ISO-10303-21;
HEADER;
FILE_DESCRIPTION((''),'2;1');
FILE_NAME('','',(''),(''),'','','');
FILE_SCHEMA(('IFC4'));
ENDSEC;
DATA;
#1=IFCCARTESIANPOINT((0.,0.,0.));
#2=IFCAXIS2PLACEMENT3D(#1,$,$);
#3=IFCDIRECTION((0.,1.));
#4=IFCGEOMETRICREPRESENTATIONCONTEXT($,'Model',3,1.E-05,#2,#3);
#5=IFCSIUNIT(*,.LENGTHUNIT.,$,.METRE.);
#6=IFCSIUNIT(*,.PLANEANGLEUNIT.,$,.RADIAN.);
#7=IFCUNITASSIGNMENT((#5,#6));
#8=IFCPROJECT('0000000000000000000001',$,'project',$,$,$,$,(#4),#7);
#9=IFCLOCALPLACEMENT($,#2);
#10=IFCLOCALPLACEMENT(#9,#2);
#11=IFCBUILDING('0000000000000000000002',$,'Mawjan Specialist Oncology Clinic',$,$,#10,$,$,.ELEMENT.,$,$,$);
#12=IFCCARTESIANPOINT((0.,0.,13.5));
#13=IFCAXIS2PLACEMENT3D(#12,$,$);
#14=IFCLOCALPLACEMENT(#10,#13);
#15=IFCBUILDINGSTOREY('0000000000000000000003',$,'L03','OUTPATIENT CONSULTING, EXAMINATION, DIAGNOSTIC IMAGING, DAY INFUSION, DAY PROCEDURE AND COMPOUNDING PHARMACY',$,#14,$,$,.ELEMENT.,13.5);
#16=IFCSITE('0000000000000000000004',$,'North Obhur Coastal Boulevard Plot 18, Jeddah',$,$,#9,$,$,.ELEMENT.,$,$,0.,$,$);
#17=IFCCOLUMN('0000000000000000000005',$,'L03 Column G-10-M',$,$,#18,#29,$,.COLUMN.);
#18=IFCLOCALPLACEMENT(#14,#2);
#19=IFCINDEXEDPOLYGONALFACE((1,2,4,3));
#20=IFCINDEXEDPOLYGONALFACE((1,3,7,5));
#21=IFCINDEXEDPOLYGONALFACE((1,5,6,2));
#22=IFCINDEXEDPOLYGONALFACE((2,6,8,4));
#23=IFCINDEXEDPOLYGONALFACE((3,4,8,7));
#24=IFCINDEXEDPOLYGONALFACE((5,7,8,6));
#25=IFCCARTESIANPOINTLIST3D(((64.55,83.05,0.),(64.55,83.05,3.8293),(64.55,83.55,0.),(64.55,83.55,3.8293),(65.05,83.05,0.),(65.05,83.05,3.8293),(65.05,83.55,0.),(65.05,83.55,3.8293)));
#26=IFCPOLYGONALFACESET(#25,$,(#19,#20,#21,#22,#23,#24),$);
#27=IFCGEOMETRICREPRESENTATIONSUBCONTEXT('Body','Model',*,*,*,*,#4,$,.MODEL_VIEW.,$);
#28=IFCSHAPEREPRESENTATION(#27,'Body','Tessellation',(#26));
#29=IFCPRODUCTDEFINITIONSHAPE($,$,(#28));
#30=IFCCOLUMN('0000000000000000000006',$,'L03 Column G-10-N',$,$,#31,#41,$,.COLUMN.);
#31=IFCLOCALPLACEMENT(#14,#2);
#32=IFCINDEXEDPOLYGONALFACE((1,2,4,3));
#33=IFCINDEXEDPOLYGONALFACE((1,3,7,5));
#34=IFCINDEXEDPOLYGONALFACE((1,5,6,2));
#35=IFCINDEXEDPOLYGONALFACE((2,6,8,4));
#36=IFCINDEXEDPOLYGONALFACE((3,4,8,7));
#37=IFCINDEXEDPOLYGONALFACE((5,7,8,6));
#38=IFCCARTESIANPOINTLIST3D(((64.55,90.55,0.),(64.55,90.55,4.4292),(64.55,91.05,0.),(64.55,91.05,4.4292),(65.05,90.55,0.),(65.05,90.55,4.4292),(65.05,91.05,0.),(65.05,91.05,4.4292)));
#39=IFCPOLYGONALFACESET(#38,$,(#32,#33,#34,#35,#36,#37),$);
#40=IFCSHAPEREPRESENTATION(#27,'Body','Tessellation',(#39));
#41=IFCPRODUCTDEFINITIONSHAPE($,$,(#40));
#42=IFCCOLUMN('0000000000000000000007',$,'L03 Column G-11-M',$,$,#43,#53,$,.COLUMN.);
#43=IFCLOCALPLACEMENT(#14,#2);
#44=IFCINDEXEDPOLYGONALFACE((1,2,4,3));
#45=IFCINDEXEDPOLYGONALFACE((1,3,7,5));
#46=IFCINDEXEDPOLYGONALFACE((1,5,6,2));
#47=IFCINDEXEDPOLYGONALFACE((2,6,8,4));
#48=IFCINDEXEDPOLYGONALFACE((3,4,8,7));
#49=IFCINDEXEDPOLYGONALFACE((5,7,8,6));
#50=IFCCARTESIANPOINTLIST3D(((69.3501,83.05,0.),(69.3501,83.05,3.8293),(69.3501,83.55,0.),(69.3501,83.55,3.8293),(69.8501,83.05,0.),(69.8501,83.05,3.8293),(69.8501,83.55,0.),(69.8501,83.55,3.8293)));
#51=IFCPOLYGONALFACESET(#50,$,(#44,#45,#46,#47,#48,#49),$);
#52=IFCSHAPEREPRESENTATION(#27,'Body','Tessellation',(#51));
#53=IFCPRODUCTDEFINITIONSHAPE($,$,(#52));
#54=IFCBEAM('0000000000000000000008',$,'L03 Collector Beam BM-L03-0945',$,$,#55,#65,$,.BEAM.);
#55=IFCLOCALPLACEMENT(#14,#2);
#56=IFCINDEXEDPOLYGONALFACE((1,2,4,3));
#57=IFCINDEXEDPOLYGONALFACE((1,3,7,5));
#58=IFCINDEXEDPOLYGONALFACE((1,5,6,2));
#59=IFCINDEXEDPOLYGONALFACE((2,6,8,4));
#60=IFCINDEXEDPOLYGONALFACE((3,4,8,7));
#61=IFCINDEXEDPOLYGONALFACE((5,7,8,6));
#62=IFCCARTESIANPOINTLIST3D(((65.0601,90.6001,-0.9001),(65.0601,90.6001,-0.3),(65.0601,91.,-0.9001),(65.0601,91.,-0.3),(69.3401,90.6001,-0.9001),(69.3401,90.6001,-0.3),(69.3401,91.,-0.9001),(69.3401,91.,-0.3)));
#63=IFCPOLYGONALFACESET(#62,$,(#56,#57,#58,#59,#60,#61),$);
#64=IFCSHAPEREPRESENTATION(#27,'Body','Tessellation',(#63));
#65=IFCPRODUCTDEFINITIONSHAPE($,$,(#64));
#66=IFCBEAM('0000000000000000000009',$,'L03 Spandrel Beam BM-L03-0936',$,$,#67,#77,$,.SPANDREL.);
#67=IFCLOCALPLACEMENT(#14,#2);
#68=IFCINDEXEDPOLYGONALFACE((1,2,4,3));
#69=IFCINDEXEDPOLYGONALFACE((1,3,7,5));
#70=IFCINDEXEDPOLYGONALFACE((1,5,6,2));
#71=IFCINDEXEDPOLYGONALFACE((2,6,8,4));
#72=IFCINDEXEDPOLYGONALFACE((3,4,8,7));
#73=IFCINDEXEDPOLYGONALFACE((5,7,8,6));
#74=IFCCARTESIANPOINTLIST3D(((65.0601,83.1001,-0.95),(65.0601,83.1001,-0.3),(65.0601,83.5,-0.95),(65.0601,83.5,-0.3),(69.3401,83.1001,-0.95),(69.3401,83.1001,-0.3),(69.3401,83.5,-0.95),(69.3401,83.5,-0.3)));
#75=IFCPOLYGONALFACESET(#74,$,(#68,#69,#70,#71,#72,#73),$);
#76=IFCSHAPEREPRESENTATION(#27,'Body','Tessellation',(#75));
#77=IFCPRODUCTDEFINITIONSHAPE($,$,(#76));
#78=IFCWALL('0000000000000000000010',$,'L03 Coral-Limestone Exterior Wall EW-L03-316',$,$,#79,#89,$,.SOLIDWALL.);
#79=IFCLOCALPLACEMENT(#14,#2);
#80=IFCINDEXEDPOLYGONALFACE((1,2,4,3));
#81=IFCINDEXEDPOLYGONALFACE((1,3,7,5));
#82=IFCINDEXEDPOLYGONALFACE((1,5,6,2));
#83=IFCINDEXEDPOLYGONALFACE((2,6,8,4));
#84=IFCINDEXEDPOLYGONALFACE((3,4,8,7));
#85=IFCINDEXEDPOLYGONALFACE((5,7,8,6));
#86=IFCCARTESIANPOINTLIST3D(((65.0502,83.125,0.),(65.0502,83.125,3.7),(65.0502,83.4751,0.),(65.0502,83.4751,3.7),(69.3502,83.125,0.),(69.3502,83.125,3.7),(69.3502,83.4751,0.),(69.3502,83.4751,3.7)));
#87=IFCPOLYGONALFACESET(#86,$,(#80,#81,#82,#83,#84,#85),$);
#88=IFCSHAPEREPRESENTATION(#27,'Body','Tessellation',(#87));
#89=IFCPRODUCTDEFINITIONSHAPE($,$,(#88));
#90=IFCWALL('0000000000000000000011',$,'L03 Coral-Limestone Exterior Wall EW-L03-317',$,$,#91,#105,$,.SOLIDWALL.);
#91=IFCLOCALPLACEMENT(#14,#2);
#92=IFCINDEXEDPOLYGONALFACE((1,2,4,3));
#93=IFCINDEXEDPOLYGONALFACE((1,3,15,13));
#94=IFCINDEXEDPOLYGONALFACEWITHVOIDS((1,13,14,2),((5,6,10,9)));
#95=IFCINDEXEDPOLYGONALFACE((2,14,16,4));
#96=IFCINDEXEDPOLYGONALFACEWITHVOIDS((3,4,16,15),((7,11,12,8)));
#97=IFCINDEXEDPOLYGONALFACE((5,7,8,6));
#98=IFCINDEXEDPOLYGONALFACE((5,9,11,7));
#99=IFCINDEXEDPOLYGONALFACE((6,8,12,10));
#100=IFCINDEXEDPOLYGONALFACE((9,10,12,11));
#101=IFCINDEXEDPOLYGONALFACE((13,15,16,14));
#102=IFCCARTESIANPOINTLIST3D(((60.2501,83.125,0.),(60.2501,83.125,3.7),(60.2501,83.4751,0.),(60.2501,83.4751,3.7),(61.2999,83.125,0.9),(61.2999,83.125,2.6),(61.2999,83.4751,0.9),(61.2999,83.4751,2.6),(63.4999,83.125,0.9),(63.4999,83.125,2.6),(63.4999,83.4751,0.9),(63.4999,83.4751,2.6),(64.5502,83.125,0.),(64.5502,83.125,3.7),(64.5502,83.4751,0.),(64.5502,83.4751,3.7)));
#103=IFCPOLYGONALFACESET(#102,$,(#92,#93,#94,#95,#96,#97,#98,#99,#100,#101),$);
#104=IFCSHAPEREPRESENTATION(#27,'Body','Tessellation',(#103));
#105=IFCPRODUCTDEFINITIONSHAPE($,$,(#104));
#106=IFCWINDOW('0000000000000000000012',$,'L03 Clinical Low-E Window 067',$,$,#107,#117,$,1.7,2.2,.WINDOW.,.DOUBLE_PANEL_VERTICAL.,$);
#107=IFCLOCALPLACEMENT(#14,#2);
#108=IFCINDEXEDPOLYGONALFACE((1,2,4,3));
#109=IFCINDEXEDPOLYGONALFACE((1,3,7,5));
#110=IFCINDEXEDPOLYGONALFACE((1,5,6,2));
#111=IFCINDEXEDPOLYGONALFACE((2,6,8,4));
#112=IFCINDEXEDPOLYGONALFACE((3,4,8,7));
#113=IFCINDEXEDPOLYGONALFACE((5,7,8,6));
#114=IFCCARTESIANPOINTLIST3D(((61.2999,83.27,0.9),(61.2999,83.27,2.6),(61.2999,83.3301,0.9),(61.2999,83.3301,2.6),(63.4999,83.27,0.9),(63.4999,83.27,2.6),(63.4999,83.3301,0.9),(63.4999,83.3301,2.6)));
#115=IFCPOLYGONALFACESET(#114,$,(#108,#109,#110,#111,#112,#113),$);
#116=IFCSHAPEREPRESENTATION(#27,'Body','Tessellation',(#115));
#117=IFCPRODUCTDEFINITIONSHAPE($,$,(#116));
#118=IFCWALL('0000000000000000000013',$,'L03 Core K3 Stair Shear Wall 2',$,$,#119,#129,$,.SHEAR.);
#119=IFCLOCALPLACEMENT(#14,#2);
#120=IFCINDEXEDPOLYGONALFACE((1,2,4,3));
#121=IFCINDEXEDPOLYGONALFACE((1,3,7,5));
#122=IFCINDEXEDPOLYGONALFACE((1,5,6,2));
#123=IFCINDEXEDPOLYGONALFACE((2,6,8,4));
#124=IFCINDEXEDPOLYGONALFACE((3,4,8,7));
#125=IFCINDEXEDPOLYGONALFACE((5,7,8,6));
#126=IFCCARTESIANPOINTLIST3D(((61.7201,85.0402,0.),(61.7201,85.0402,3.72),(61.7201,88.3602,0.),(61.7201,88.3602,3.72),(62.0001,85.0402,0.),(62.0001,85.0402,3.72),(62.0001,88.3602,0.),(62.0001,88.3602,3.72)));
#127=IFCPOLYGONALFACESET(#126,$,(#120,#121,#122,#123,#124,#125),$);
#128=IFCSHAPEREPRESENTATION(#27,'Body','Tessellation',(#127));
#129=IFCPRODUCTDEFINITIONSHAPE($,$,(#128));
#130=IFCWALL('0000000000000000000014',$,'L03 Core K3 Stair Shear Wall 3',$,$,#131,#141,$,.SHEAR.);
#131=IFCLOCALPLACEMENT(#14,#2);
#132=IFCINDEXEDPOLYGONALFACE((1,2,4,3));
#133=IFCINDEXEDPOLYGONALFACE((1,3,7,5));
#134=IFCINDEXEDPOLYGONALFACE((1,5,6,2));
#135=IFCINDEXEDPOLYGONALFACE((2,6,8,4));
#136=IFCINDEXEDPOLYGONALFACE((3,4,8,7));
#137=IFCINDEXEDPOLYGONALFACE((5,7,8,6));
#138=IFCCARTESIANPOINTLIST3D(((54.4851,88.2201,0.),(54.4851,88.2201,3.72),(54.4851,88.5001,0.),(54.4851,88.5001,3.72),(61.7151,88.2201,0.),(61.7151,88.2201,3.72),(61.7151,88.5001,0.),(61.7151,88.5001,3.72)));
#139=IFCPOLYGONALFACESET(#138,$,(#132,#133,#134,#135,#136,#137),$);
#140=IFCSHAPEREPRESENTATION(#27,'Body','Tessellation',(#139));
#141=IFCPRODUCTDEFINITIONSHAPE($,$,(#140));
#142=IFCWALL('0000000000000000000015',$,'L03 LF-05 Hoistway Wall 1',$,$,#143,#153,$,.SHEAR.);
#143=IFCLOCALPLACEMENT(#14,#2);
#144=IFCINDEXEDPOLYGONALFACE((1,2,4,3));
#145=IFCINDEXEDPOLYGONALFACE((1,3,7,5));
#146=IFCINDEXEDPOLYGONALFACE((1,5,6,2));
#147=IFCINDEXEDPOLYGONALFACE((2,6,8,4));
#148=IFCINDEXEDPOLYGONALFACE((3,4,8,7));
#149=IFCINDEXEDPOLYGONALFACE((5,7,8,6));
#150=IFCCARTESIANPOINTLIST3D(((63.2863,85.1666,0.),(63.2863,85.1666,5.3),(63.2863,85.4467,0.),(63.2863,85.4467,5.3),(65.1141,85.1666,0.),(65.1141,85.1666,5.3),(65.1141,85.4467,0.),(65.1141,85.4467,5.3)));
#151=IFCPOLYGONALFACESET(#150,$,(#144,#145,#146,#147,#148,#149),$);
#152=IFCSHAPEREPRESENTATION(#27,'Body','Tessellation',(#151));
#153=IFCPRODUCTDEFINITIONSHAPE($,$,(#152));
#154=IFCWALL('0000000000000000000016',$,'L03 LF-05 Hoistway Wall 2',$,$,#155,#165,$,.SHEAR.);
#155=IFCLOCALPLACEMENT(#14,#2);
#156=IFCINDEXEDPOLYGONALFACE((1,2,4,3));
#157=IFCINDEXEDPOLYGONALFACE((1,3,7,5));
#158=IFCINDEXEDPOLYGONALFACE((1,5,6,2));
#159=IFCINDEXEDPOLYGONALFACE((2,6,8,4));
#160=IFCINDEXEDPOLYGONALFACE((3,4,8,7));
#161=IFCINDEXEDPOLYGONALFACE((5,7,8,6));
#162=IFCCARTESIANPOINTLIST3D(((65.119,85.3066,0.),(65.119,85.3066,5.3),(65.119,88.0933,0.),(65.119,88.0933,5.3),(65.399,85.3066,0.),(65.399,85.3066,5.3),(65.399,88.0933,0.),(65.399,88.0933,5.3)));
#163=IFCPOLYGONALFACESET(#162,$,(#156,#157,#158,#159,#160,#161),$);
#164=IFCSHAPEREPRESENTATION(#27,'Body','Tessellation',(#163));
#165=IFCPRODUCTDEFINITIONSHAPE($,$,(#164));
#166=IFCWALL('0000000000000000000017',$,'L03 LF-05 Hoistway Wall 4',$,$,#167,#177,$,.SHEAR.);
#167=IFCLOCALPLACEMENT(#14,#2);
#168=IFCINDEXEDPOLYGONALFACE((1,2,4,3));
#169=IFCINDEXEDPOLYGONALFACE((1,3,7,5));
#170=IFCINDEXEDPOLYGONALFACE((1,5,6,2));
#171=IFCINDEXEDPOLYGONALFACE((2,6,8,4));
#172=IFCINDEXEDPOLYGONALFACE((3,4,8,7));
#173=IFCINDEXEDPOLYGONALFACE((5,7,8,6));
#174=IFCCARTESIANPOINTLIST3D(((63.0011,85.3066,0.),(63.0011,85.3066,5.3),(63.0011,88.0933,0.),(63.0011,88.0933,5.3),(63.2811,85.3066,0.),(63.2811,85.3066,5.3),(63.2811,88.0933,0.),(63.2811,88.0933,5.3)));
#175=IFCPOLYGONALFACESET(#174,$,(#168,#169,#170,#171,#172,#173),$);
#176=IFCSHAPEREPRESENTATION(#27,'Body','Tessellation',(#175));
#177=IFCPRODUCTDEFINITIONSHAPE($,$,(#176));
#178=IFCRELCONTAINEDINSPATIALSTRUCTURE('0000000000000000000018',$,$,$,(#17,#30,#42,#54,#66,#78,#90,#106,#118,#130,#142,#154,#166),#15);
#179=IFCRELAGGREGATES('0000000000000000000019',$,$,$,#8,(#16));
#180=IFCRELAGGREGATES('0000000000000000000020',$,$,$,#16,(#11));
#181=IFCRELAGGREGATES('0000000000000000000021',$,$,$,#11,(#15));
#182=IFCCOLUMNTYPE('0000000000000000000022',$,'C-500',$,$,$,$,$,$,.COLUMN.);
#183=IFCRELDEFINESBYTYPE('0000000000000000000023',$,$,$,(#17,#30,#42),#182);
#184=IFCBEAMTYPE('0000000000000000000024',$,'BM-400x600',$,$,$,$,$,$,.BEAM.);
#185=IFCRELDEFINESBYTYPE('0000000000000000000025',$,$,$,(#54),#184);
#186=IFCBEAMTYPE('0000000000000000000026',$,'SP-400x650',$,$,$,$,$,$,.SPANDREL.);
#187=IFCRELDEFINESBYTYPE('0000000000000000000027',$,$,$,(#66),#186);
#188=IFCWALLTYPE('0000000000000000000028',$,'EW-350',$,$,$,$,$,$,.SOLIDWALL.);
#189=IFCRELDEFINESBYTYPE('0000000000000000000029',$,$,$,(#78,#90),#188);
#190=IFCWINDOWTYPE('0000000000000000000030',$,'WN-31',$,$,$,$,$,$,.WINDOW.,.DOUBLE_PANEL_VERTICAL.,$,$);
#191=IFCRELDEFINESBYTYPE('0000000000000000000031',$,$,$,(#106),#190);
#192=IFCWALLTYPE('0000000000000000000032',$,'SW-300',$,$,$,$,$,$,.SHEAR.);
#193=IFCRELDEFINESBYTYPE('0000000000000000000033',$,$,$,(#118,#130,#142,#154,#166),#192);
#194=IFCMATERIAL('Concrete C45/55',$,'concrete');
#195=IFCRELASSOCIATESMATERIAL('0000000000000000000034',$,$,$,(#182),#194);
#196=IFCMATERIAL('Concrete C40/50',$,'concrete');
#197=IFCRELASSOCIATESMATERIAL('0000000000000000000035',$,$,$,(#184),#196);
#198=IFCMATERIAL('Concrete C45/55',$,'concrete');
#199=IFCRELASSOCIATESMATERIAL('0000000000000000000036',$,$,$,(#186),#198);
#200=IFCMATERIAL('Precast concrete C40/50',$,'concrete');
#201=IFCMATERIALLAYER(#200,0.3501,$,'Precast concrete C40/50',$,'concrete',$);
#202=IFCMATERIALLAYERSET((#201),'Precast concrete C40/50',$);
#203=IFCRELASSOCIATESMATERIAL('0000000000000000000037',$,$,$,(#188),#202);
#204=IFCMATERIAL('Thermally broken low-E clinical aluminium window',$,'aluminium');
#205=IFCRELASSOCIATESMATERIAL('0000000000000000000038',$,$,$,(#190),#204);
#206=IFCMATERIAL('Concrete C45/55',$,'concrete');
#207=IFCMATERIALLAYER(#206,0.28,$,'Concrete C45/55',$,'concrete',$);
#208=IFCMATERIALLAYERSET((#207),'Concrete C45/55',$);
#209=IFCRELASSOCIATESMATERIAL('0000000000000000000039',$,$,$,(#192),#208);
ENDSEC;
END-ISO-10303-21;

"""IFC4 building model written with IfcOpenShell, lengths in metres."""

from ifc_helpers import new_model, si_unit, direction, frame, frame_2d, origin, origin_2d, place, context, subcontext, project, spatial, rectangle, extrude, material, layer, layer_set, material_profile, profile_set, type_object, element, fill, save


model = new_model("IFC4")

# Units and contexts
model_context = context("Model", 3, precision=1e-05, world=origin(), true_north=direction((0.0, 1.0)))
body_context = subcontext(model_context, "Body", "Model", "MODEL_VIEW")
ifc_project = project(units=[si_unit("LENGTHUNIT", "METRE"), si_unit("PLANEANGLEUNIT", "RADIAN")], contexts=[model_context])

# Site, building, storey
site_placement = place(None, origin())
site = spatial("IfcSite", under=ifc_project, at=site_placement, Name="North Obhur Coastal Boulevard Plot 18, Jeddah", CompositionType="ELEMENT", RefElevation=0.0)
building_placement = place(site_placement, origin())
building = spatial("IfcBuilding", under=site, at=building_placement, Name="Mawjan Specialist Oncology Clinic", CompositionType="ELEMENT")
storey_placement = place(building_placement, frame((0.0, 0.0, 13.5)))
storey = spatial("IfcBuildingStorey", under=building, at=storey_placement, Name="L03", Description="OUTPATIENT CONSULTING, EXAMINATION, DIAGNOSTIC IMAGING, DAY INFUSION, DAY PROCEDURE AND COMPOUNDING PHARMACY", CompositionType="ELEMENT", Elevation=13.5)

# Columns
ifc_material_1 = material(Name="Concrete C45/55", Category="concrete")
ifc_material_profile_1 = material_profile(ifc_material_1, rectangle(XDim=0.5, YDim=0.5, at=origin_2d()), Name="RC COL 500x500", Category="concrete")
ifc_profile_set_1 = profile_set([ifc_material_profile_1], Name="Concrete C45/55")
column_type = type_object("IfcColumnType", Name="C-500", PredefinedType="COLUMN", material=ifc_profile_set_1)
column_1_placement = place(storey_placement, frame((64.8, 83.3, 0.0), z_axis=(0.0, 0.0, 1.0), x_axis=(1.0, 0.0, 0.0)))
element("IfcColumn", 1, at=column_1_placement, inside=storey, type_object=column_type, Name="L03 Column G-10-M", PredefinedType="COLUMN", context=body_context, shape_type="SweptSolid", body=[
    extrude(rectangle(XDim=0.5, YDim=0.5, at=origin_2d()), origin(), (0.0, 0.0, 1.0), 3.8293),
])
column_2_placement = place(storey_placement, frame((64.8, 90.8, 0.0), z_axis=(0.0, 0.0, 1.0), x_axis=(1.0, 0.0, 0.0)))
element("IfcColumn", 2, at=column_2_placement, inside=storey, type_object=column_type, Name="L03 Column G-10-N", PredefinedType="COLUMN", context=body_context, shape_type="SweptSolid", body=[
    extrude(rectangle(XDim=0.5, YDim=0.5, at=origin_2d()), origin(), (0.0, 0.0, 1.0), 4.4292),
])
column_3_placement = place(storey_placement, frame((69.6001, 83.3, 0.0), z_axis=(0.0, 0.0, 1.0), x_axis=(1.0, 0.0, 0.0)))
element("IfcColumn", 3, at=column_3_placement, inside=storey, type_object=column_type, Name="L03 Column G-11-M", PredefinedType="COLUMN", context=body_context, shape_type="SweptSolid", body=[
    extrude(rectangle(XDim=0.5, YDim=0.5, at=origin_2d()), origin(), (0.0, 0.0, 1.0), 3.8293),
])

# Beams
ifc_material_2 = material(Name="Concrete C40/50", Category="concrete")
ifc_material_profile_2 = material_profile(ifc_material_2, rectangle(XDim=0.3999, YDim=0.6001, at=origin_2d()), Name="RC BM 400x600", Category="concrete")
ifc_profile_set_2 = profile_set([ifc_material_profile_2], Name="Concrete C40/50")
beam_type_1 = type_object("IfcBeamType", Name="BM-400x600", PredefinedType="BEAM", material=ifc_profile_set_2)
beam_1_placement = place(storey_placement, frame((65.0601, 90.8, -0.6001), z_axis=(1.0, 0.0, 0.0), x_axis=(0.0, 1.0, 0.0)))
element("IfcBeam", 4, at=beam_1_placement, inside=storey, type_object=beam_type_1, Name="L03 Collector Beam BM-L03-0945", PredefinedType="BEAM", context=body_context, shape_type="SweptSolid", body=[
    extrude(rectangle(XDim=0.3999, YDim=0.6001, at=origin_2d()), origin(), (0.0, 0.0, 1.0), 4.28),
])
ifc_material_3 = material(Name="Concrete C45/55", Category="concrete")
ifc_material_profile_3 = material_profile(ifc_material_3, rectangle(XDim=0.3999, YDim=0.6499, at=origin_2d()), Name="RC BM 400x650", Category="concrete")
ifc_profile_set_3 = profile_set([ifc_material_profile_3], Name="Concrete C45/55")
beam_type_2 = type_object("IfcBeamType", Name="SP-400x650", PredefinedType="SPANDREL", material=ifc_profile_set_3)
beam_2_placement = place(storey_placement, frame((65.0601, 83.3, -0.625), z_axis=(1.0, 0.0, 0.0), x_axis=(0.0, 1.0, 0.0)))
element("IfcBeam", 5, at=beam_2_placement, inside=storey, type_object=beam_type_2, Name="L03 Spandrel Beam BM-L03-0936", PredefinedType="SPANDREL", context=body_context, shape_type="SweptSolid", body=[
    extrude(rectangle(XDim=0.3999, YDim=0.6499, at=origin_2d()), origin(), (0.0, 0.0, 1.0), 4.28),
])

# Wall
ifc_material_4 = material(Name="Precast concrete C40/50", Category="concrete")
ifc_layer_1 = layer(ifc_material_4, 0.3501, Name="Precast concrete C40/50", Category="concrete")
ifc_layer_set_1 = layer_set([ifc_layer_1], Name="Precast concrete C40/50")
wall_type_1 = type_object("IfcWallType", Name="EW-350", PredefinedType="SOLIDWALL", material=ifc_layer_set_1)
wall_1_placement = place(storey_placement, frame((69.3501, 83.3, 0.0), z_axis=(0.0, 0.0, 1.0), x_axis=(-1.0, 0.0, 0.0)))
element("IfcWall", 6, at=wall_1_placement, inside=storey, type_object=wall_type_1, Name="L03 Coral-Limestone Exterior Wall EW-L03-316", PredefinedType="SOLIDWALL", context=body_context, shape_type="SweptSolid", body=[
    extrude(rectangle(XDim=4.3, YDim=0.3501, at=frame_2d((2.1499, 0.0))), origin(), (0.0, 0.0, 1.0), 3.7),
])

# Wall, opening, window
wall_2_placement = place(storey_placement, frame((64.55, 83.3, 0.0), z_axis=(0.0, 0.0, 1.0), x_axis=(-1.0, 0.0, 0.0)))
wall_2 = element("IfcWall", 7, at=wall_2_placement, inside=storey, type_object=wall_type_1, Name="L03 Coral-Limestone Exterior Wall EW-L03-317", PredefinedType="SOLIDWALL", context=body_context, shape_type="SweptSolid", body=[
    extrude(rectangle(XDim=4.3, YDim=0.3501, at=frame_2d((2.1499, 0.0))), origin(), (0.0, 0.0, 1.0), 3.7),
])
opening_1_placement = place(wall_2_placement, frame((1.05, 0.0, 0.8999)))
opening_1 = element("IfcOpeningElement", 8, at=opening_1_placement, cuts=wall_2, PredefinedType="OPENING", context=body_context, shape_type="SweptSolid", body=[
    extrude(rectangle(XDim=2.2, YDim=1.7, at=frame_2d((1.1001, 0.8501))), frame((0.0, 0.187, 0.0), z_axis=(0.0, -1.0, 0.0), x_axis=(1.0, 0.0, 0.0)), (0.0, 0.0, 1.0), 0.374),
])
ifc_material_5 = material(Name="Thermally broken low-E clinical aluminium window", Category="aluminium")
window_type = type_object("IfcWindowType", Name="WN-31", PartitioningType="DOUBLE_PANEL_VERTICAL", PredefinedType="WINDOW", material=ifc_material_5)
window_placement = place(opening_1_placement, origin())
window = element("IfcWindow", 9, at=window_placement, inside=storey, type_object=window_type, Name="L03 Clinical Low-E Window 067", OverallHeight=1.7, OverallWidth=2.2, PartitioningType="DOUBLE_PANEL_VERTICAL", PredefinedType="WINDOW", context=body_context, shape_type="SweptSolid", body=[
    extrude(rectangle(XDim=2.2, YDim=1.7, at=frame_2d((1.1001, 0.8501))), frame((0.0, 0.03, 0.0), z_axis=(0.0, -1.0, 0.0), x_axis=(1.0, 0.0, 0.0)), (0.0, 0.0, 1.0), 0.0601),
])
fill(opening_1, window)

# Walls
ifc_material_6 = material(Name="Concrete C45/55", Category="concrete")
ifc_layer_2 = layer(ifc_material_6, 0.28, Name="Concrete C45/55", Category="concrete")
ifc_layer_set_2 = layer_set([ifc_layer_2], Name="Concrete C45/55")
wall_type_2 = type_object("IfcWallType", Name="SW-300", PredefinedType="SHEAR", material=ifc_layer_set_2)
wall_3_placement = place(storey_placement, frame((61.8601, 85.04, 0.0), z_axis=(0.0, 0.0, 1.0), x_axis=(0.0, 1.0, 0.0)))
element("IfcWall", 10, at=wall_3_placement, inside=storey, type_object=wall_type_2, Name="L03 Core K3 Stair Shear Wall 2", PredefinedType="SHEAR", context=body_context, shape_type="SweptSolid", body=[
    extrude(rectangle(XDim=3.3201, YDim=0.28, at=frame_2d((1.6602, 0.0))), origin(), (0.0, 0.0, 1.0), 3.72),
])
wall_4_placement = place(storey_placement, frame((61.7151, 88.3601, 0.0), z_axis=(0.0, 0.0, 1.0), x_axis=(-1.0, 0.0, 0.0)))
element("IfcWall", 11, at=wall_4_placement, inside=storey, type_object=wall_type_2, Name="L03 Core K3 Stair Shear Wall 3", PredefinedType="SHEAR", context=body_context, shape_type="SweptSolid", body=[
    extrude(rectangle(XDim=7.23, YDim=0.28, at=frame_2d((3.615, 0.0))), origin(), (0.0, 0.0, 1.0), 3.72),
])
wall_5_placement = place(storey_placement, frame((63.2861, 85.3066, 0.0), z_axis=(0.0, 0.0, 1.0), x_axis=(1.0, 0.0, 0.0)))
element("IfcWall", 12, at=wall_5_placement, inside=storey, type_object=wall_type_2, Name="L03 LF-05 Hoistway Wall 1", PredefinedType="SHEAR", context=body_context, shape_type="SweptSolid", body=[
    extrude(rectangle(XDim=1.8279, YDim=0.28, at=frame_2d((0.9141, 0.0))), origin(), (0.0, 0.0, 1.0), 5.3),
])
wall_6_placement = place(storey_placement, frame((65.259, 85.3066, 0.0), z_axis=(0.0, 0.0, 1.0), x_axis=(0.0, 1.0, 0.0)))
element("IfcWall", 13, at=wall_6_placement, inside=storey, type_object=wall_type_2, Name="L03 LF-05 Hoistway Wall 2", PredefinedType="SHEAR", context=body_context, shape_type="SweptSolid", body=[
    extrude(rectangle(XDim=2.7866, YDim=0.28, at=frame_2d((1.3933, 0.0))), origin(), (0.0, 0.0, 1.0), 5.3),
])

# Wall
wall_7_placement = place(storey_placement, frame((63.1411, 88.0933, 0.0), z_axis=(0.0, 0.0, 1.0), x_axis=(0.0, -1.0, 0.0)))
element("IfcWall", 14, at=wall_7_placement, inside=storey, type_object=wall_type_2, Name="L03 LF-05 Hoistway Wall 4", PredefinedType="SHEAR", context=body_context, shape_type="SweptSolid", body=[
    extrude(rectangle(XDim=2.7866, YDim=0.28, at=frame_2d((1.3933, 0.0))), origin(), (0.0, 0.0, 1.0), 5.3),
])

save(model, "model.ifc")
